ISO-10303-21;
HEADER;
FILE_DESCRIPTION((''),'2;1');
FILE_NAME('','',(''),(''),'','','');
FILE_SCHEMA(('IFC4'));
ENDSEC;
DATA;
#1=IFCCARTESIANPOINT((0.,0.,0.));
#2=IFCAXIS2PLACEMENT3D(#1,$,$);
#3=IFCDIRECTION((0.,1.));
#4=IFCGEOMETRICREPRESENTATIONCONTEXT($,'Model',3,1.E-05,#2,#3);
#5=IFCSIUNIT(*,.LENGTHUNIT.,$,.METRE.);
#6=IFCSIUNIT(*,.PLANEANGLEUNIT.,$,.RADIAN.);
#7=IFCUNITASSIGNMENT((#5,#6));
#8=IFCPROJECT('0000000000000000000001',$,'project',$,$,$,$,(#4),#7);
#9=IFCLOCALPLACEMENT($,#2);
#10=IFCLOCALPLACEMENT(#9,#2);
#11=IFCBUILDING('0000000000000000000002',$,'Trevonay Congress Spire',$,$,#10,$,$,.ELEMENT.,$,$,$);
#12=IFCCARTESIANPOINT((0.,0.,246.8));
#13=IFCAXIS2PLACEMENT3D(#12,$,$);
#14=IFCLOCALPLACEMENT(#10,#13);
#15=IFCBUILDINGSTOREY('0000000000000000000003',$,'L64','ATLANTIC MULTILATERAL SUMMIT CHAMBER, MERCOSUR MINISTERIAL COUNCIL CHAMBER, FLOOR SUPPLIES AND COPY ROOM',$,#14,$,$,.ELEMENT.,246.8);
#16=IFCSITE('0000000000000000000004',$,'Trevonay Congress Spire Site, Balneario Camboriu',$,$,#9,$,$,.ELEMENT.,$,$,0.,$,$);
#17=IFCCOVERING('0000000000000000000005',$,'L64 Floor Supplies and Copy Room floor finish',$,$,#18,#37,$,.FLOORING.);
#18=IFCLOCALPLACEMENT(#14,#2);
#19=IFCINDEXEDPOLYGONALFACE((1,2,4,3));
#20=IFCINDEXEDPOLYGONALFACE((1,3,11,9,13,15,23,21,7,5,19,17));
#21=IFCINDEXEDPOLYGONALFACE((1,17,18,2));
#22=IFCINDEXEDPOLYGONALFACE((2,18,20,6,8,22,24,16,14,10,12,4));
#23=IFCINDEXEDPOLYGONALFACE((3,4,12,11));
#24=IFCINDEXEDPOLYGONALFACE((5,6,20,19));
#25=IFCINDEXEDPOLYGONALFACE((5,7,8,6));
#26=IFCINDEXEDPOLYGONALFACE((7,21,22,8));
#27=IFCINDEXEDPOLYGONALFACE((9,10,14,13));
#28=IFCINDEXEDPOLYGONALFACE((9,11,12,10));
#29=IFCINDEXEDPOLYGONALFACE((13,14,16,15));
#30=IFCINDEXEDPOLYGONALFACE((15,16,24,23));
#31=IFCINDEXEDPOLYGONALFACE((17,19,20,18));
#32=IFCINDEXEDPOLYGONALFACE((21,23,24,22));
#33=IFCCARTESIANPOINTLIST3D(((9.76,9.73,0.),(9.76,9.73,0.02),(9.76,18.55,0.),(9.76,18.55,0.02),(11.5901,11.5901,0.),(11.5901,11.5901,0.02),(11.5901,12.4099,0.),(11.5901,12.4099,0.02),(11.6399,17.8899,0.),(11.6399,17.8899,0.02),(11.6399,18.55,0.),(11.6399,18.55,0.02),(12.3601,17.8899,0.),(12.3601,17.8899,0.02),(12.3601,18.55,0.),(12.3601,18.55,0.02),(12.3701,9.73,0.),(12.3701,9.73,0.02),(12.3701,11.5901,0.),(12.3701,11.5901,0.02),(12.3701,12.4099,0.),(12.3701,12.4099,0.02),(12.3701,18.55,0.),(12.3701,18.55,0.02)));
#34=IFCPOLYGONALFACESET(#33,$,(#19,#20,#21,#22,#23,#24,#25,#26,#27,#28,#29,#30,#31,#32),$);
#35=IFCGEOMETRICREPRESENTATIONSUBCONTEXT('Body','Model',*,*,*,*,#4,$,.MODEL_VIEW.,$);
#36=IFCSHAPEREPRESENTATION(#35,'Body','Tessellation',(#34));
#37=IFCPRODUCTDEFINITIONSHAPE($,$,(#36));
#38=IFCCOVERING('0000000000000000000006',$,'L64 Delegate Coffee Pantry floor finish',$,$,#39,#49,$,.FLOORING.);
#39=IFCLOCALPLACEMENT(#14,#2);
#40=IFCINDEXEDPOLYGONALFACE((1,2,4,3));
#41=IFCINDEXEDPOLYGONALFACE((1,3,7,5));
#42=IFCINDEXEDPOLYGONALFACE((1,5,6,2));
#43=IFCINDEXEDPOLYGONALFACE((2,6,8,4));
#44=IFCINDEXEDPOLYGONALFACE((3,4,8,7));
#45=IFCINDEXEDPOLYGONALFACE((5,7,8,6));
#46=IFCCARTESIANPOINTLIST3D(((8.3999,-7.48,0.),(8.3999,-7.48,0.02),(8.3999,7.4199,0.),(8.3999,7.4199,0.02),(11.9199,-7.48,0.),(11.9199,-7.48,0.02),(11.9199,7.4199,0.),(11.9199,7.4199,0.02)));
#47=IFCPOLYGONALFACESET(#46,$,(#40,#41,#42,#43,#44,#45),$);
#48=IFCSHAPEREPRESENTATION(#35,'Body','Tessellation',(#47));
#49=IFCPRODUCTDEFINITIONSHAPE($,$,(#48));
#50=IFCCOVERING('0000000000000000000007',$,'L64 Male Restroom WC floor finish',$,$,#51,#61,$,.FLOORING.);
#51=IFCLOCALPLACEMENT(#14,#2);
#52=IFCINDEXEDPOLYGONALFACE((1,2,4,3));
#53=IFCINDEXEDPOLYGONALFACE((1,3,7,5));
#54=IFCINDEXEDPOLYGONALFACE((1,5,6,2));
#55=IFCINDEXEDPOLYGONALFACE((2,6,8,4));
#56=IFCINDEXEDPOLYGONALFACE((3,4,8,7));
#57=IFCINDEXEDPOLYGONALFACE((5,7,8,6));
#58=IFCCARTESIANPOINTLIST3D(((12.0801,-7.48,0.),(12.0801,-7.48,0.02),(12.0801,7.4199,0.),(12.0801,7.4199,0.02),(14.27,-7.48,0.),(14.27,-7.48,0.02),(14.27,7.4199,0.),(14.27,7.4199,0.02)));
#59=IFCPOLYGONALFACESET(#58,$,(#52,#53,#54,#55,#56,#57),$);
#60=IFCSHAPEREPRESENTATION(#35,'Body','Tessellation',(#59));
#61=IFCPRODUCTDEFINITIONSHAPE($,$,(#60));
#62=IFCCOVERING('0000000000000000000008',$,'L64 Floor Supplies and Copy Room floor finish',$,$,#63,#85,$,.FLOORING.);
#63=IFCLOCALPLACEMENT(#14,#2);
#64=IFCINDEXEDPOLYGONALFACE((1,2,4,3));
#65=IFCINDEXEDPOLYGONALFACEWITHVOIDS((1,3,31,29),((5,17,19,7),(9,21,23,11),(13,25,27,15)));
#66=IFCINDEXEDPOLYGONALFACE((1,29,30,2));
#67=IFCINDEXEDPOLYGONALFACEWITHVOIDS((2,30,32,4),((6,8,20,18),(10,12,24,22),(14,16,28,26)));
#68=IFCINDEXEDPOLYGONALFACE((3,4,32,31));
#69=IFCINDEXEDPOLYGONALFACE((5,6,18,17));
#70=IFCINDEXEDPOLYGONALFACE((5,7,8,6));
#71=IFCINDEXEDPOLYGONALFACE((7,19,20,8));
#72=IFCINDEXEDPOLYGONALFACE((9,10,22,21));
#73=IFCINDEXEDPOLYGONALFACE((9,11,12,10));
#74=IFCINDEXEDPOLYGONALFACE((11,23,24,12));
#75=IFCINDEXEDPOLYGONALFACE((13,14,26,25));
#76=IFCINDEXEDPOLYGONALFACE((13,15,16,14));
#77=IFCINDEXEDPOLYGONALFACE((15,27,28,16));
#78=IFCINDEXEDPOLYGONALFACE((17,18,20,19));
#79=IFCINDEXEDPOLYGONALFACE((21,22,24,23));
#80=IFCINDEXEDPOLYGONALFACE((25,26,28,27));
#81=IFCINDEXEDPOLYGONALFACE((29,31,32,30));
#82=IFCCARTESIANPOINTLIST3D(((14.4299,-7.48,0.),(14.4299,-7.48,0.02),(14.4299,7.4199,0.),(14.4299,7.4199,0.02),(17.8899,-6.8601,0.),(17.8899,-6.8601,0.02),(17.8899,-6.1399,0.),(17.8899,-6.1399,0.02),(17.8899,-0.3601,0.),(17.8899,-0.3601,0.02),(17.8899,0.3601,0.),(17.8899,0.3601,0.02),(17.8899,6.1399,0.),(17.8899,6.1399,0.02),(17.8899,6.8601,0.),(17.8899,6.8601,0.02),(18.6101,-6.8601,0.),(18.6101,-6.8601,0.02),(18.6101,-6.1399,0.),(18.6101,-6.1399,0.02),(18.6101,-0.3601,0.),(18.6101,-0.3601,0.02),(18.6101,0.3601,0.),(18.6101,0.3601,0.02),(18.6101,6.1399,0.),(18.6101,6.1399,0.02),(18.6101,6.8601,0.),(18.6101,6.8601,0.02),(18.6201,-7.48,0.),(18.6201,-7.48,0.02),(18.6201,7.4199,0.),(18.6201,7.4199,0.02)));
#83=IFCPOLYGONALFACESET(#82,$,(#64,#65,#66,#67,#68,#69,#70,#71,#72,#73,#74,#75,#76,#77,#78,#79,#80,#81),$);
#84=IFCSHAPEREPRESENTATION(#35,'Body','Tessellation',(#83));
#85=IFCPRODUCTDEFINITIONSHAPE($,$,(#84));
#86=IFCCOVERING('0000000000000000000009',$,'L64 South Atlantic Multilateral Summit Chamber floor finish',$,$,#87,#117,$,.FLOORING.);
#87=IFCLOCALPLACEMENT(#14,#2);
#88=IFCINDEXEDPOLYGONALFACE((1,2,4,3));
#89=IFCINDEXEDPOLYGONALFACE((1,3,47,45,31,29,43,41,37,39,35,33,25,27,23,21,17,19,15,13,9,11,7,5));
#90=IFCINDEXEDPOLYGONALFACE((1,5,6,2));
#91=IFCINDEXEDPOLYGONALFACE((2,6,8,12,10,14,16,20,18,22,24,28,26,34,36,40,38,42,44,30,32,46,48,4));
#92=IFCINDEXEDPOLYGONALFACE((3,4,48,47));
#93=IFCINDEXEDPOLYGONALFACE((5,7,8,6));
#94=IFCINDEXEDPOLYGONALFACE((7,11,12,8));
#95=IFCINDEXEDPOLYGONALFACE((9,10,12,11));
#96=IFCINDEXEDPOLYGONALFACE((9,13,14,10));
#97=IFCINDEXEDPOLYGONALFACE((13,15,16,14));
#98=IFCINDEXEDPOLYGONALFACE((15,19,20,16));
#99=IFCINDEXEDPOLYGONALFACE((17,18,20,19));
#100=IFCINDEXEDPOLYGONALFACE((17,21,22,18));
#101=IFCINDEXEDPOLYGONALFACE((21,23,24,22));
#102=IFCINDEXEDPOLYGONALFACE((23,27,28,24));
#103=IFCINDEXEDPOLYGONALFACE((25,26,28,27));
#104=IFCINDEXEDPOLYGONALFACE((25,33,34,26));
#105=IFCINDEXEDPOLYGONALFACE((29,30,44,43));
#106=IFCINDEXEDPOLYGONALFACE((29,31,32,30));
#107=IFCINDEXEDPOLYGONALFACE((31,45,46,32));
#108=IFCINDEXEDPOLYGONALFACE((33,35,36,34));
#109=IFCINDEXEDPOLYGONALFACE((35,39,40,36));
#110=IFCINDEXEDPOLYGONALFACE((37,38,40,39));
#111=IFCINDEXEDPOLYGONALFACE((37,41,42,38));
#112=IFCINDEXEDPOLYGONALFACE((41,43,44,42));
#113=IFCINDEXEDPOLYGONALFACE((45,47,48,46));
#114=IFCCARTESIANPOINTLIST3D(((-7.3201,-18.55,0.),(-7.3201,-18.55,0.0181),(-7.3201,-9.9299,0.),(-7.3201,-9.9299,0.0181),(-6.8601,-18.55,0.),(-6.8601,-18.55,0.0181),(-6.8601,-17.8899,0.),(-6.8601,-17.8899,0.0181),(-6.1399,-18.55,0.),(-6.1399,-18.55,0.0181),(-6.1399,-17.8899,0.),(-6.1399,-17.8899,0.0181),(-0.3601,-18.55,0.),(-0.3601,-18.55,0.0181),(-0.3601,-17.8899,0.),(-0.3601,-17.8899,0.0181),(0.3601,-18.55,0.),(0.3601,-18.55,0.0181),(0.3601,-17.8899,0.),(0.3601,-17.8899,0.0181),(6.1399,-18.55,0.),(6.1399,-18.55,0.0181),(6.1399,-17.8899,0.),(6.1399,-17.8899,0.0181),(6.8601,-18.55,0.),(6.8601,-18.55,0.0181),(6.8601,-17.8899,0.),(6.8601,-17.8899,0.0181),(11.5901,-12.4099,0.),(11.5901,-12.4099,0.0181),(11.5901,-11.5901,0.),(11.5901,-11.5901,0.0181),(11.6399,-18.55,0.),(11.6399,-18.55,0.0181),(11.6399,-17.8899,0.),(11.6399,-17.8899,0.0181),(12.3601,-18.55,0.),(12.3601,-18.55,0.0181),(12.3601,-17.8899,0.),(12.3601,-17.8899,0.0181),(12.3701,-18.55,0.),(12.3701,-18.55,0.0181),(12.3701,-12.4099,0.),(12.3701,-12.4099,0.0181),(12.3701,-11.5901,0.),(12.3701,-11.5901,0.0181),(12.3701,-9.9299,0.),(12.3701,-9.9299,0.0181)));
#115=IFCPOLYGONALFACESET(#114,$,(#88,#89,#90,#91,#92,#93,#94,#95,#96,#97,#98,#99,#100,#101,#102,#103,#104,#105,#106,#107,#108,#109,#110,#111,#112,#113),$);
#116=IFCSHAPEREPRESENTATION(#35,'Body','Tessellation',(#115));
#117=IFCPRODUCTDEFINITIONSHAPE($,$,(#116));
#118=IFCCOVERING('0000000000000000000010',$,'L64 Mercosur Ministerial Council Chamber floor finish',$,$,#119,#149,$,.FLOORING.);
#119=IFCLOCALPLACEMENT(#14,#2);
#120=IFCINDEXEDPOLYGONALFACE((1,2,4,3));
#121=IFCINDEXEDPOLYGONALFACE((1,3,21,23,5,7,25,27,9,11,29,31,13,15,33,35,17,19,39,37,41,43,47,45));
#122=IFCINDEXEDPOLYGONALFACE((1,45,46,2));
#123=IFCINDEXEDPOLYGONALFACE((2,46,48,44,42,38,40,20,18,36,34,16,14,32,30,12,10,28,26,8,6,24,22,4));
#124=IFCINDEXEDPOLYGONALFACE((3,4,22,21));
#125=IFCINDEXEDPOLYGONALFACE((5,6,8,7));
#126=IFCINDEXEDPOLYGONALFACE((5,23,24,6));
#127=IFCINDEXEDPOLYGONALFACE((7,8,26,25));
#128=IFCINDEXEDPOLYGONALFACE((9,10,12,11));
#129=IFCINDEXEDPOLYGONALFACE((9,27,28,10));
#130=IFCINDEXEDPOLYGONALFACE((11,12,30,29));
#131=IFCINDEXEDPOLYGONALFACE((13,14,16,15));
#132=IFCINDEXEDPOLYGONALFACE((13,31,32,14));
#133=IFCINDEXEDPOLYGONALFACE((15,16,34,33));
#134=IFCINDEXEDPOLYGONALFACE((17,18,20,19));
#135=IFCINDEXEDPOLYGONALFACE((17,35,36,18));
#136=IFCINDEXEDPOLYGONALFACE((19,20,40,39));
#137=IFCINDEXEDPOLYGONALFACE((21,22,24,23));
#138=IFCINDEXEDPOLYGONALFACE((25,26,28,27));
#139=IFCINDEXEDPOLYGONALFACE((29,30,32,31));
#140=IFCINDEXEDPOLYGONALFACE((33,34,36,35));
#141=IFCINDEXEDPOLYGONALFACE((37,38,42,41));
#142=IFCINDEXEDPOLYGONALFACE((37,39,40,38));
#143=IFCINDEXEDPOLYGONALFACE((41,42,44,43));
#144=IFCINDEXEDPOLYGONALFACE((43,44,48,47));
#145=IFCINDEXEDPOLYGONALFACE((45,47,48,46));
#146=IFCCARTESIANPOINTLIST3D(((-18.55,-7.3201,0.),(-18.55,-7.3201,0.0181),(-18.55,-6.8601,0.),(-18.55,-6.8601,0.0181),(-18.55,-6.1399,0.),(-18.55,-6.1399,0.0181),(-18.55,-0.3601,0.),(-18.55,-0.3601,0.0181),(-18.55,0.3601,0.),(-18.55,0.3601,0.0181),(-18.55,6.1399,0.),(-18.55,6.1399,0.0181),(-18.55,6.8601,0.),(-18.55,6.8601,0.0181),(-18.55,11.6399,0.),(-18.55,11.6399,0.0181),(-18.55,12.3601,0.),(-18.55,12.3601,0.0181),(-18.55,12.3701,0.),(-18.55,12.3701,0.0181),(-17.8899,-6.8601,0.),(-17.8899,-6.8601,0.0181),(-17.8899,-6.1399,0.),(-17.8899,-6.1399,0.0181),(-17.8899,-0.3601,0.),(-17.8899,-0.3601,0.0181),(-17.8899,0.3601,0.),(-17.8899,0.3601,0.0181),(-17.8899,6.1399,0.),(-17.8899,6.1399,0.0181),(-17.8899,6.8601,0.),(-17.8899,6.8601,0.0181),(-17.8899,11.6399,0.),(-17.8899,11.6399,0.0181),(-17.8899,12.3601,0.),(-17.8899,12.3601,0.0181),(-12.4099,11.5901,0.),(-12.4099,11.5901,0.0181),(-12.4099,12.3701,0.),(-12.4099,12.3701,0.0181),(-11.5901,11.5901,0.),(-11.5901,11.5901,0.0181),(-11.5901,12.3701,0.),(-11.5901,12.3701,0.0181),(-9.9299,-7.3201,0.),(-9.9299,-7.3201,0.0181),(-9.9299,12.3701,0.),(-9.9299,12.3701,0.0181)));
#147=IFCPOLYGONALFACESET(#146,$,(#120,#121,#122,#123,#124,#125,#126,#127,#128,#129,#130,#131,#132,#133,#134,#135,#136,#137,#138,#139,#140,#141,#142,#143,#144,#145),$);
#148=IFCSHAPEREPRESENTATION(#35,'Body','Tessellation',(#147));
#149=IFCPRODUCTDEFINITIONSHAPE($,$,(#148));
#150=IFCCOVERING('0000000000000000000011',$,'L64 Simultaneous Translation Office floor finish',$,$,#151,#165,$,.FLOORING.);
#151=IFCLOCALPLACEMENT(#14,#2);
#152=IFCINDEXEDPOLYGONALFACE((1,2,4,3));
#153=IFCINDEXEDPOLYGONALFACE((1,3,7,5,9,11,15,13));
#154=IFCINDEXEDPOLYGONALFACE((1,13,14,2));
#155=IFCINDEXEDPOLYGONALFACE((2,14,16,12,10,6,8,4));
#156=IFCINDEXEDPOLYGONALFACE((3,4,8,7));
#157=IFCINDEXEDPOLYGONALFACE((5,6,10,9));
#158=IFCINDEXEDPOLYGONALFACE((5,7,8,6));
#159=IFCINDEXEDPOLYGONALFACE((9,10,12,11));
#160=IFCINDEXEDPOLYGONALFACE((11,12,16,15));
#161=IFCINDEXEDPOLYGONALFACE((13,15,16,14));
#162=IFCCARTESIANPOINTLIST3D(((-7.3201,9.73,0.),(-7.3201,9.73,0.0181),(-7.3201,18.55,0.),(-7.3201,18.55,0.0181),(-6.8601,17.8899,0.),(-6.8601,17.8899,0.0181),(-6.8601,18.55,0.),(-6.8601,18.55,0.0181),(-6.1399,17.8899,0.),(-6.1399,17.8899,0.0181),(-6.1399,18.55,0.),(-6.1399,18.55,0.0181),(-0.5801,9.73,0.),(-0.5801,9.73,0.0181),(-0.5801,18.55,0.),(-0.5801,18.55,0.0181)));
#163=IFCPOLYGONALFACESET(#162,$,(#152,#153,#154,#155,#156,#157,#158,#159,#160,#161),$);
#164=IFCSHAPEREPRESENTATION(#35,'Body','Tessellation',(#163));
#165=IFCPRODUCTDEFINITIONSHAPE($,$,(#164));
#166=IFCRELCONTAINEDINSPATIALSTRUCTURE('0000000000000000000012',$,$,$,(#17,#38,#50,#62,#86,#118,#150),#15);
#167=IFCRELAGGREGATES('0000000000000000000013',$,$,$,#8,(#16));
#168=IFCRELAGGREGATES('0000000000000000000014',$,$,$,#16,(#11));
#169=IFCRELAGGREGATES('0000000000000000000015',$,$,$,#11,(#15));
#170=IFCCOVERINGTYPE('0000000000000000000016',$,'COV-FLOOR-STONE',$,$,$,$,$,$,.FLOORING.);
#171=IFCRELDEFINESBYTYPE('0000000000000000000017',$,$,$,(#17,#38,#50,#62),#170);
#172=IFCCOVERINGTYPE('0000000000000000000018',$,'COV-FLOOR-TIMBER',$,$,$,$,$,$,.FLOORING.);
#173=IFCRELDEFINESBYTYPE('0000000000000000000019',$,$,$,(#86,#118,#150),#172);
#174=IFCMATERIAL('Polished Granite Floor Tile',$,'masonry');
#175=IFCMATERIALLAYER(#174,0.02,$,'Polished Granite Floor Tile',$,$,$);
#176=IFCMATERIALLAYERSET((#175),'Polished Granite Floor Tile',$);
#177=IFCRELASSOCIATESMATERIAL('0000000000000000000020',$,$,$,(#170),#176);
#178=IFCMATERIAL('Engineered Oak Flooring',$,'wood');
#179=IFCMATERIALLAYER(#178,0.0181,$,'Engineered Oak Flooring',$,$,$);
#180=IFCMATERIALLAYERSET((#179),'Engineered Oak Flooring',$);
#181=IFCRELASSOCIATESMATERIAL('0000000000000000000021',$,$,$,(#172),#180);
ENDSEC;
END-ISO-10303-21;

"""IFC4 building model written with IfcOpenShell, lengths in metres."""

from ifc_helpers import new_model, si_unit, direction, frame, origin, place, context, subcontext, project, spatial, polyline, outline, extrude, material, layer, layer_set, type_object, element, save


model = new_model("IFC4")

# Units and contexts
model_context = context("Model", 3, precision=1e-05, world=origin(), true_north=direction((0.0, 1.0)))
body_context = subcontext(model_context, "Body", "Model", "MODEL_VIEW")
ifc_project = project(units=[si_unit("LENGTHUNIT", "METRE"), si_unit("PLANEANGLEUNIT", "RADIAN")], contexts=[model_context])

# Site, building, storey
site_placement = place(None, origin())
site = spatial("IfcSite", under=ifc_project, at=site_placement, Name="Trevonay Congress Spire Site, Balneario Camboriu", CompositionType="ELEMENT", RefElevation=0.0)
building_placement = place(site_placement, origin())
building = spatial("IfcBuilding", under=site, at=building_placement, Name="Trevonay Congress Spire", CompositionType="ELEMENT")
storey_placement = place(building_placement, frame((0.0, 0.0, 246.8)))
storey = spatial("IfcBuildingStorey", under=building, at=storey_placement, Name="L64", Description="ATLANTIC MULTILATERAL SUMMIT CHAMBER, MERCOSUR MINISTERIAL COUNCIL CHAMBER, FLOOR SUPPLIES AND COPY ROOM", CompositionType="ELEMENT", Elevation=246.8)

# Coverings
ifc_material_1 = material(Name="Polished Granite Floor Tile", Category="masonry")
ifc_layer_1 = layer(ifc_material_1, 0.02, Name="Polished Granite Floor Tile")
ifc_layer_set_1 = layer_set([ifc_layer_1], Name="Polished Granite Floor Tile")
covering_type_1 = type_object("IfcCoveringType", Name="COV-FLOOR-STONE", PredefinedType="FLOORING", material=ifc_layer_set_1)
covering_1_placement = place(storey_placement, origin())
element("IfcCovering", 1, at=covering_1_placement, inside=storey, type_object=covering_type_1, Name="L64 Floor Supplies and Copy Room floor finish", PredefinedType="FLOORING", context=body_context, shape_type="SweptSolid", body=[
    extrude(outline(polyline([(12.3701, 9.73), (9.76, 9.73), (9.76, 18.55), (11.6399, 18.55), (11.6399, 17.8899), (12.3601, 17.8899), (12.3601, 18.55), (12.3701, 18.55), (12.3701, 12.4099), (11.5901, 12.4099), (11.5901, 11.5901), (12.3701, 11.5901), (12.3701, 9.73)])), origin(), (0.0, 0.0, 1.0), 0.02),
])
covering_2_placement = place(storey_placement, origin())
element("IfcCovering", 2, at=covering_2_placement, inside=storey, type_object=covering_type_1, Name="L64 Delegate Coffee Pantry floor finish", PredefinedType="FLOORING", context=body_context, shape_type="SweptSolid", body=[
    extrude(outline(polyline([(8.3999, -7.48), (11.9199, -7.48), (11.9199, 7.4199), (8.3999, 7.4199), (8.3999, -7.48)])), origin(), (0.0, 0.0, 1.0), 0.02),
])
covering_3_placement = place(storey_placement, origin())
element("IfcCovering", 3, at=covering_3_placement, inside=storey, type_object=covering_type_1, Name="L64 Male Restroom WC floor finish", PredefinedType="FLOORING", context=body_context, shape_type="SweptSolid", body=[
    extrude(outline(polyline([(12.0801, -7.48), (14.27, -7.48), (14.27, 7.4199), (12.0801, 7.4199), (12.0801, -7.48)])), origin(), (0.0, 0.0, 1.0), 0.02),
])
covering_4_placement = place(storey_placement, origin())
element("IfcCovering", 4, at=covering_4_placement, inside=storey, type_object=covering_type_1, Name="L64 Floor Supplies and Copy Room floor finish", PredefinedType="FLOORING", context=body_context, shape_type="SweptSolid", body=[
    extrude(outline(polyline([(14.4299, 7.4199), (18.6201, 7.4199), (18.6201, -7.48), (14.4299, -7.48), (14.4299, 7.4199)]), holes=[polyline([(17.8899, -6.8601), (18.6101, -6.8601), (18.6101, -6.1399), (17.8899, -6.1399), (17.8899, -6.8601)]), polyline([(17.8899, 0.3601), (17.8899, -0.3601), (18.6101, -0.3601), (18.6101, 0.3601), (17.8899, 0.3601)]), polyline([(17.8899, 6.8601), (17.8899, 6.1399), (18.6101, 6.1399), (18.6101, 6.8601), (17.8899, 6.8601)])]), origin(), (0.0, 0.0, 1.0), 0.02),
])
ifc_material_2 = material(Name="Engineered Oak Flooring", Category="wood")
ifc_layer_2 = layer(ifc_material_2, 0.0181, Name="Engineered Oak Flooring")
ifc_layer_set_2 = layer_set([ifc_layer_2], Name="Engineered Oak Flooring")
covering_type_2 = type_object("IfcCoveringType", Name="COV-FLOOR-TIMBER", PredefinedType="FLOORING", material=ifc_layer_set_2)
covering_5_placement = place(storey_placement, origin())
element("IfcCovering", 5, at=covering_5_placement, inside=storey, type_object=covering_type_2, Name="L64 South Atlantic Multilateral Summit Chamber floor finish", PredefinedType="FLOORING", context=body_context, shape_type="SweptSolid", body=[
    extrude(outline(polyline([(-7.3201, -18.55), (-7.3201, -9.9299), (12.3701, -9.9299), (12.3701, -11.5901), (11.5901, -11.5901), (11.5901, -12.4099), (12.3701, -12.4099), (12.3701, -18.55), (12.3601, -18.55), (12.3601, -17.8899), (11.6399, -17.8899), (11.6399, -18.55), (6.8601, -18.55), (6.8601, -17.8899), (6.1399, -17.8899), (6.1399, -18.55), (0.3601, -18.55), (0.3601, -17.8899), (-0.3601, -17.8899), (-0.3601, -18.55), (-6.1399, -18.55), (-6.1399, -17.8899), (-6.8601, -17.8899), (-6.8601, -18.55), (-7.3201, -18.55)])), origin(), (0.0, 0.0, 1.0), 0.0181),
])
covering_6_placement = place(storey_placement, origin())
element("IfcCovering", 6, at=covering_6_placement, inside=storey, type_object=covering_type_2, Name="L64 Mercosur Ministerial Council Chamber floor finish", PredefinedType="FLOORING", context=body_context, shape_type="SweptSolid", body=[
    extrude(outline(polyline([(-9.9299, 12.3701), (-9.9299, -7.3201), (-18.55, -7.3201), (-18.55, -6.8601), (-17.8899, -6.8601), (-17.8899, -6.1399), (-18.55, -6.1399), (-18.55, -0.3601), (-17.8899, -0.3601), (-17.8899, 0.3601), (-18.55, 0.3601), (-18.55, 6.1399), (-17.8899, 6.1399), (-17.8899, 6.8601), (-18.55, 6.8601), (-18.55, 11.6399), (-17.8899, 11.6399), (-17.8899, 12.3601), (-18.55, 12.3601), (-18.55, 12.3701), (-12.4099, 12.3701), (-12.4099, 11.5901), (-11.5901, 11.5901), (-11.5901, 12.3701), (-9.9299, 12.3701)])), origin(), (0.0, 0.0, 1.0), 0.0181),
])
covering_7_placement = place(storey_placement, origin())
element("IfcCovering", 7, at=covering_7_placement, inside=storey, type_object=covering_type_2, Name="L64 Simultaneous Translation Office floor finish", PredefinedType="FLOORING", context=body_context, shape_type="SweptSolid", body=[
    extrude(outline(polyline([(-0.5801, 18.55), (-0.5801, 9.73), (-7.3201, 9.73), (-7.3201, 18.55), (-6.8601, 18.55), (-6.8601, 17.8899), (-6.1399, 17.8899), (-6.1399, 18.55), (-0.5801, 18.55)])), origin(), (0.0, 0.0, 1.0), 0.0181),
])

save(model, "model.ifc")
